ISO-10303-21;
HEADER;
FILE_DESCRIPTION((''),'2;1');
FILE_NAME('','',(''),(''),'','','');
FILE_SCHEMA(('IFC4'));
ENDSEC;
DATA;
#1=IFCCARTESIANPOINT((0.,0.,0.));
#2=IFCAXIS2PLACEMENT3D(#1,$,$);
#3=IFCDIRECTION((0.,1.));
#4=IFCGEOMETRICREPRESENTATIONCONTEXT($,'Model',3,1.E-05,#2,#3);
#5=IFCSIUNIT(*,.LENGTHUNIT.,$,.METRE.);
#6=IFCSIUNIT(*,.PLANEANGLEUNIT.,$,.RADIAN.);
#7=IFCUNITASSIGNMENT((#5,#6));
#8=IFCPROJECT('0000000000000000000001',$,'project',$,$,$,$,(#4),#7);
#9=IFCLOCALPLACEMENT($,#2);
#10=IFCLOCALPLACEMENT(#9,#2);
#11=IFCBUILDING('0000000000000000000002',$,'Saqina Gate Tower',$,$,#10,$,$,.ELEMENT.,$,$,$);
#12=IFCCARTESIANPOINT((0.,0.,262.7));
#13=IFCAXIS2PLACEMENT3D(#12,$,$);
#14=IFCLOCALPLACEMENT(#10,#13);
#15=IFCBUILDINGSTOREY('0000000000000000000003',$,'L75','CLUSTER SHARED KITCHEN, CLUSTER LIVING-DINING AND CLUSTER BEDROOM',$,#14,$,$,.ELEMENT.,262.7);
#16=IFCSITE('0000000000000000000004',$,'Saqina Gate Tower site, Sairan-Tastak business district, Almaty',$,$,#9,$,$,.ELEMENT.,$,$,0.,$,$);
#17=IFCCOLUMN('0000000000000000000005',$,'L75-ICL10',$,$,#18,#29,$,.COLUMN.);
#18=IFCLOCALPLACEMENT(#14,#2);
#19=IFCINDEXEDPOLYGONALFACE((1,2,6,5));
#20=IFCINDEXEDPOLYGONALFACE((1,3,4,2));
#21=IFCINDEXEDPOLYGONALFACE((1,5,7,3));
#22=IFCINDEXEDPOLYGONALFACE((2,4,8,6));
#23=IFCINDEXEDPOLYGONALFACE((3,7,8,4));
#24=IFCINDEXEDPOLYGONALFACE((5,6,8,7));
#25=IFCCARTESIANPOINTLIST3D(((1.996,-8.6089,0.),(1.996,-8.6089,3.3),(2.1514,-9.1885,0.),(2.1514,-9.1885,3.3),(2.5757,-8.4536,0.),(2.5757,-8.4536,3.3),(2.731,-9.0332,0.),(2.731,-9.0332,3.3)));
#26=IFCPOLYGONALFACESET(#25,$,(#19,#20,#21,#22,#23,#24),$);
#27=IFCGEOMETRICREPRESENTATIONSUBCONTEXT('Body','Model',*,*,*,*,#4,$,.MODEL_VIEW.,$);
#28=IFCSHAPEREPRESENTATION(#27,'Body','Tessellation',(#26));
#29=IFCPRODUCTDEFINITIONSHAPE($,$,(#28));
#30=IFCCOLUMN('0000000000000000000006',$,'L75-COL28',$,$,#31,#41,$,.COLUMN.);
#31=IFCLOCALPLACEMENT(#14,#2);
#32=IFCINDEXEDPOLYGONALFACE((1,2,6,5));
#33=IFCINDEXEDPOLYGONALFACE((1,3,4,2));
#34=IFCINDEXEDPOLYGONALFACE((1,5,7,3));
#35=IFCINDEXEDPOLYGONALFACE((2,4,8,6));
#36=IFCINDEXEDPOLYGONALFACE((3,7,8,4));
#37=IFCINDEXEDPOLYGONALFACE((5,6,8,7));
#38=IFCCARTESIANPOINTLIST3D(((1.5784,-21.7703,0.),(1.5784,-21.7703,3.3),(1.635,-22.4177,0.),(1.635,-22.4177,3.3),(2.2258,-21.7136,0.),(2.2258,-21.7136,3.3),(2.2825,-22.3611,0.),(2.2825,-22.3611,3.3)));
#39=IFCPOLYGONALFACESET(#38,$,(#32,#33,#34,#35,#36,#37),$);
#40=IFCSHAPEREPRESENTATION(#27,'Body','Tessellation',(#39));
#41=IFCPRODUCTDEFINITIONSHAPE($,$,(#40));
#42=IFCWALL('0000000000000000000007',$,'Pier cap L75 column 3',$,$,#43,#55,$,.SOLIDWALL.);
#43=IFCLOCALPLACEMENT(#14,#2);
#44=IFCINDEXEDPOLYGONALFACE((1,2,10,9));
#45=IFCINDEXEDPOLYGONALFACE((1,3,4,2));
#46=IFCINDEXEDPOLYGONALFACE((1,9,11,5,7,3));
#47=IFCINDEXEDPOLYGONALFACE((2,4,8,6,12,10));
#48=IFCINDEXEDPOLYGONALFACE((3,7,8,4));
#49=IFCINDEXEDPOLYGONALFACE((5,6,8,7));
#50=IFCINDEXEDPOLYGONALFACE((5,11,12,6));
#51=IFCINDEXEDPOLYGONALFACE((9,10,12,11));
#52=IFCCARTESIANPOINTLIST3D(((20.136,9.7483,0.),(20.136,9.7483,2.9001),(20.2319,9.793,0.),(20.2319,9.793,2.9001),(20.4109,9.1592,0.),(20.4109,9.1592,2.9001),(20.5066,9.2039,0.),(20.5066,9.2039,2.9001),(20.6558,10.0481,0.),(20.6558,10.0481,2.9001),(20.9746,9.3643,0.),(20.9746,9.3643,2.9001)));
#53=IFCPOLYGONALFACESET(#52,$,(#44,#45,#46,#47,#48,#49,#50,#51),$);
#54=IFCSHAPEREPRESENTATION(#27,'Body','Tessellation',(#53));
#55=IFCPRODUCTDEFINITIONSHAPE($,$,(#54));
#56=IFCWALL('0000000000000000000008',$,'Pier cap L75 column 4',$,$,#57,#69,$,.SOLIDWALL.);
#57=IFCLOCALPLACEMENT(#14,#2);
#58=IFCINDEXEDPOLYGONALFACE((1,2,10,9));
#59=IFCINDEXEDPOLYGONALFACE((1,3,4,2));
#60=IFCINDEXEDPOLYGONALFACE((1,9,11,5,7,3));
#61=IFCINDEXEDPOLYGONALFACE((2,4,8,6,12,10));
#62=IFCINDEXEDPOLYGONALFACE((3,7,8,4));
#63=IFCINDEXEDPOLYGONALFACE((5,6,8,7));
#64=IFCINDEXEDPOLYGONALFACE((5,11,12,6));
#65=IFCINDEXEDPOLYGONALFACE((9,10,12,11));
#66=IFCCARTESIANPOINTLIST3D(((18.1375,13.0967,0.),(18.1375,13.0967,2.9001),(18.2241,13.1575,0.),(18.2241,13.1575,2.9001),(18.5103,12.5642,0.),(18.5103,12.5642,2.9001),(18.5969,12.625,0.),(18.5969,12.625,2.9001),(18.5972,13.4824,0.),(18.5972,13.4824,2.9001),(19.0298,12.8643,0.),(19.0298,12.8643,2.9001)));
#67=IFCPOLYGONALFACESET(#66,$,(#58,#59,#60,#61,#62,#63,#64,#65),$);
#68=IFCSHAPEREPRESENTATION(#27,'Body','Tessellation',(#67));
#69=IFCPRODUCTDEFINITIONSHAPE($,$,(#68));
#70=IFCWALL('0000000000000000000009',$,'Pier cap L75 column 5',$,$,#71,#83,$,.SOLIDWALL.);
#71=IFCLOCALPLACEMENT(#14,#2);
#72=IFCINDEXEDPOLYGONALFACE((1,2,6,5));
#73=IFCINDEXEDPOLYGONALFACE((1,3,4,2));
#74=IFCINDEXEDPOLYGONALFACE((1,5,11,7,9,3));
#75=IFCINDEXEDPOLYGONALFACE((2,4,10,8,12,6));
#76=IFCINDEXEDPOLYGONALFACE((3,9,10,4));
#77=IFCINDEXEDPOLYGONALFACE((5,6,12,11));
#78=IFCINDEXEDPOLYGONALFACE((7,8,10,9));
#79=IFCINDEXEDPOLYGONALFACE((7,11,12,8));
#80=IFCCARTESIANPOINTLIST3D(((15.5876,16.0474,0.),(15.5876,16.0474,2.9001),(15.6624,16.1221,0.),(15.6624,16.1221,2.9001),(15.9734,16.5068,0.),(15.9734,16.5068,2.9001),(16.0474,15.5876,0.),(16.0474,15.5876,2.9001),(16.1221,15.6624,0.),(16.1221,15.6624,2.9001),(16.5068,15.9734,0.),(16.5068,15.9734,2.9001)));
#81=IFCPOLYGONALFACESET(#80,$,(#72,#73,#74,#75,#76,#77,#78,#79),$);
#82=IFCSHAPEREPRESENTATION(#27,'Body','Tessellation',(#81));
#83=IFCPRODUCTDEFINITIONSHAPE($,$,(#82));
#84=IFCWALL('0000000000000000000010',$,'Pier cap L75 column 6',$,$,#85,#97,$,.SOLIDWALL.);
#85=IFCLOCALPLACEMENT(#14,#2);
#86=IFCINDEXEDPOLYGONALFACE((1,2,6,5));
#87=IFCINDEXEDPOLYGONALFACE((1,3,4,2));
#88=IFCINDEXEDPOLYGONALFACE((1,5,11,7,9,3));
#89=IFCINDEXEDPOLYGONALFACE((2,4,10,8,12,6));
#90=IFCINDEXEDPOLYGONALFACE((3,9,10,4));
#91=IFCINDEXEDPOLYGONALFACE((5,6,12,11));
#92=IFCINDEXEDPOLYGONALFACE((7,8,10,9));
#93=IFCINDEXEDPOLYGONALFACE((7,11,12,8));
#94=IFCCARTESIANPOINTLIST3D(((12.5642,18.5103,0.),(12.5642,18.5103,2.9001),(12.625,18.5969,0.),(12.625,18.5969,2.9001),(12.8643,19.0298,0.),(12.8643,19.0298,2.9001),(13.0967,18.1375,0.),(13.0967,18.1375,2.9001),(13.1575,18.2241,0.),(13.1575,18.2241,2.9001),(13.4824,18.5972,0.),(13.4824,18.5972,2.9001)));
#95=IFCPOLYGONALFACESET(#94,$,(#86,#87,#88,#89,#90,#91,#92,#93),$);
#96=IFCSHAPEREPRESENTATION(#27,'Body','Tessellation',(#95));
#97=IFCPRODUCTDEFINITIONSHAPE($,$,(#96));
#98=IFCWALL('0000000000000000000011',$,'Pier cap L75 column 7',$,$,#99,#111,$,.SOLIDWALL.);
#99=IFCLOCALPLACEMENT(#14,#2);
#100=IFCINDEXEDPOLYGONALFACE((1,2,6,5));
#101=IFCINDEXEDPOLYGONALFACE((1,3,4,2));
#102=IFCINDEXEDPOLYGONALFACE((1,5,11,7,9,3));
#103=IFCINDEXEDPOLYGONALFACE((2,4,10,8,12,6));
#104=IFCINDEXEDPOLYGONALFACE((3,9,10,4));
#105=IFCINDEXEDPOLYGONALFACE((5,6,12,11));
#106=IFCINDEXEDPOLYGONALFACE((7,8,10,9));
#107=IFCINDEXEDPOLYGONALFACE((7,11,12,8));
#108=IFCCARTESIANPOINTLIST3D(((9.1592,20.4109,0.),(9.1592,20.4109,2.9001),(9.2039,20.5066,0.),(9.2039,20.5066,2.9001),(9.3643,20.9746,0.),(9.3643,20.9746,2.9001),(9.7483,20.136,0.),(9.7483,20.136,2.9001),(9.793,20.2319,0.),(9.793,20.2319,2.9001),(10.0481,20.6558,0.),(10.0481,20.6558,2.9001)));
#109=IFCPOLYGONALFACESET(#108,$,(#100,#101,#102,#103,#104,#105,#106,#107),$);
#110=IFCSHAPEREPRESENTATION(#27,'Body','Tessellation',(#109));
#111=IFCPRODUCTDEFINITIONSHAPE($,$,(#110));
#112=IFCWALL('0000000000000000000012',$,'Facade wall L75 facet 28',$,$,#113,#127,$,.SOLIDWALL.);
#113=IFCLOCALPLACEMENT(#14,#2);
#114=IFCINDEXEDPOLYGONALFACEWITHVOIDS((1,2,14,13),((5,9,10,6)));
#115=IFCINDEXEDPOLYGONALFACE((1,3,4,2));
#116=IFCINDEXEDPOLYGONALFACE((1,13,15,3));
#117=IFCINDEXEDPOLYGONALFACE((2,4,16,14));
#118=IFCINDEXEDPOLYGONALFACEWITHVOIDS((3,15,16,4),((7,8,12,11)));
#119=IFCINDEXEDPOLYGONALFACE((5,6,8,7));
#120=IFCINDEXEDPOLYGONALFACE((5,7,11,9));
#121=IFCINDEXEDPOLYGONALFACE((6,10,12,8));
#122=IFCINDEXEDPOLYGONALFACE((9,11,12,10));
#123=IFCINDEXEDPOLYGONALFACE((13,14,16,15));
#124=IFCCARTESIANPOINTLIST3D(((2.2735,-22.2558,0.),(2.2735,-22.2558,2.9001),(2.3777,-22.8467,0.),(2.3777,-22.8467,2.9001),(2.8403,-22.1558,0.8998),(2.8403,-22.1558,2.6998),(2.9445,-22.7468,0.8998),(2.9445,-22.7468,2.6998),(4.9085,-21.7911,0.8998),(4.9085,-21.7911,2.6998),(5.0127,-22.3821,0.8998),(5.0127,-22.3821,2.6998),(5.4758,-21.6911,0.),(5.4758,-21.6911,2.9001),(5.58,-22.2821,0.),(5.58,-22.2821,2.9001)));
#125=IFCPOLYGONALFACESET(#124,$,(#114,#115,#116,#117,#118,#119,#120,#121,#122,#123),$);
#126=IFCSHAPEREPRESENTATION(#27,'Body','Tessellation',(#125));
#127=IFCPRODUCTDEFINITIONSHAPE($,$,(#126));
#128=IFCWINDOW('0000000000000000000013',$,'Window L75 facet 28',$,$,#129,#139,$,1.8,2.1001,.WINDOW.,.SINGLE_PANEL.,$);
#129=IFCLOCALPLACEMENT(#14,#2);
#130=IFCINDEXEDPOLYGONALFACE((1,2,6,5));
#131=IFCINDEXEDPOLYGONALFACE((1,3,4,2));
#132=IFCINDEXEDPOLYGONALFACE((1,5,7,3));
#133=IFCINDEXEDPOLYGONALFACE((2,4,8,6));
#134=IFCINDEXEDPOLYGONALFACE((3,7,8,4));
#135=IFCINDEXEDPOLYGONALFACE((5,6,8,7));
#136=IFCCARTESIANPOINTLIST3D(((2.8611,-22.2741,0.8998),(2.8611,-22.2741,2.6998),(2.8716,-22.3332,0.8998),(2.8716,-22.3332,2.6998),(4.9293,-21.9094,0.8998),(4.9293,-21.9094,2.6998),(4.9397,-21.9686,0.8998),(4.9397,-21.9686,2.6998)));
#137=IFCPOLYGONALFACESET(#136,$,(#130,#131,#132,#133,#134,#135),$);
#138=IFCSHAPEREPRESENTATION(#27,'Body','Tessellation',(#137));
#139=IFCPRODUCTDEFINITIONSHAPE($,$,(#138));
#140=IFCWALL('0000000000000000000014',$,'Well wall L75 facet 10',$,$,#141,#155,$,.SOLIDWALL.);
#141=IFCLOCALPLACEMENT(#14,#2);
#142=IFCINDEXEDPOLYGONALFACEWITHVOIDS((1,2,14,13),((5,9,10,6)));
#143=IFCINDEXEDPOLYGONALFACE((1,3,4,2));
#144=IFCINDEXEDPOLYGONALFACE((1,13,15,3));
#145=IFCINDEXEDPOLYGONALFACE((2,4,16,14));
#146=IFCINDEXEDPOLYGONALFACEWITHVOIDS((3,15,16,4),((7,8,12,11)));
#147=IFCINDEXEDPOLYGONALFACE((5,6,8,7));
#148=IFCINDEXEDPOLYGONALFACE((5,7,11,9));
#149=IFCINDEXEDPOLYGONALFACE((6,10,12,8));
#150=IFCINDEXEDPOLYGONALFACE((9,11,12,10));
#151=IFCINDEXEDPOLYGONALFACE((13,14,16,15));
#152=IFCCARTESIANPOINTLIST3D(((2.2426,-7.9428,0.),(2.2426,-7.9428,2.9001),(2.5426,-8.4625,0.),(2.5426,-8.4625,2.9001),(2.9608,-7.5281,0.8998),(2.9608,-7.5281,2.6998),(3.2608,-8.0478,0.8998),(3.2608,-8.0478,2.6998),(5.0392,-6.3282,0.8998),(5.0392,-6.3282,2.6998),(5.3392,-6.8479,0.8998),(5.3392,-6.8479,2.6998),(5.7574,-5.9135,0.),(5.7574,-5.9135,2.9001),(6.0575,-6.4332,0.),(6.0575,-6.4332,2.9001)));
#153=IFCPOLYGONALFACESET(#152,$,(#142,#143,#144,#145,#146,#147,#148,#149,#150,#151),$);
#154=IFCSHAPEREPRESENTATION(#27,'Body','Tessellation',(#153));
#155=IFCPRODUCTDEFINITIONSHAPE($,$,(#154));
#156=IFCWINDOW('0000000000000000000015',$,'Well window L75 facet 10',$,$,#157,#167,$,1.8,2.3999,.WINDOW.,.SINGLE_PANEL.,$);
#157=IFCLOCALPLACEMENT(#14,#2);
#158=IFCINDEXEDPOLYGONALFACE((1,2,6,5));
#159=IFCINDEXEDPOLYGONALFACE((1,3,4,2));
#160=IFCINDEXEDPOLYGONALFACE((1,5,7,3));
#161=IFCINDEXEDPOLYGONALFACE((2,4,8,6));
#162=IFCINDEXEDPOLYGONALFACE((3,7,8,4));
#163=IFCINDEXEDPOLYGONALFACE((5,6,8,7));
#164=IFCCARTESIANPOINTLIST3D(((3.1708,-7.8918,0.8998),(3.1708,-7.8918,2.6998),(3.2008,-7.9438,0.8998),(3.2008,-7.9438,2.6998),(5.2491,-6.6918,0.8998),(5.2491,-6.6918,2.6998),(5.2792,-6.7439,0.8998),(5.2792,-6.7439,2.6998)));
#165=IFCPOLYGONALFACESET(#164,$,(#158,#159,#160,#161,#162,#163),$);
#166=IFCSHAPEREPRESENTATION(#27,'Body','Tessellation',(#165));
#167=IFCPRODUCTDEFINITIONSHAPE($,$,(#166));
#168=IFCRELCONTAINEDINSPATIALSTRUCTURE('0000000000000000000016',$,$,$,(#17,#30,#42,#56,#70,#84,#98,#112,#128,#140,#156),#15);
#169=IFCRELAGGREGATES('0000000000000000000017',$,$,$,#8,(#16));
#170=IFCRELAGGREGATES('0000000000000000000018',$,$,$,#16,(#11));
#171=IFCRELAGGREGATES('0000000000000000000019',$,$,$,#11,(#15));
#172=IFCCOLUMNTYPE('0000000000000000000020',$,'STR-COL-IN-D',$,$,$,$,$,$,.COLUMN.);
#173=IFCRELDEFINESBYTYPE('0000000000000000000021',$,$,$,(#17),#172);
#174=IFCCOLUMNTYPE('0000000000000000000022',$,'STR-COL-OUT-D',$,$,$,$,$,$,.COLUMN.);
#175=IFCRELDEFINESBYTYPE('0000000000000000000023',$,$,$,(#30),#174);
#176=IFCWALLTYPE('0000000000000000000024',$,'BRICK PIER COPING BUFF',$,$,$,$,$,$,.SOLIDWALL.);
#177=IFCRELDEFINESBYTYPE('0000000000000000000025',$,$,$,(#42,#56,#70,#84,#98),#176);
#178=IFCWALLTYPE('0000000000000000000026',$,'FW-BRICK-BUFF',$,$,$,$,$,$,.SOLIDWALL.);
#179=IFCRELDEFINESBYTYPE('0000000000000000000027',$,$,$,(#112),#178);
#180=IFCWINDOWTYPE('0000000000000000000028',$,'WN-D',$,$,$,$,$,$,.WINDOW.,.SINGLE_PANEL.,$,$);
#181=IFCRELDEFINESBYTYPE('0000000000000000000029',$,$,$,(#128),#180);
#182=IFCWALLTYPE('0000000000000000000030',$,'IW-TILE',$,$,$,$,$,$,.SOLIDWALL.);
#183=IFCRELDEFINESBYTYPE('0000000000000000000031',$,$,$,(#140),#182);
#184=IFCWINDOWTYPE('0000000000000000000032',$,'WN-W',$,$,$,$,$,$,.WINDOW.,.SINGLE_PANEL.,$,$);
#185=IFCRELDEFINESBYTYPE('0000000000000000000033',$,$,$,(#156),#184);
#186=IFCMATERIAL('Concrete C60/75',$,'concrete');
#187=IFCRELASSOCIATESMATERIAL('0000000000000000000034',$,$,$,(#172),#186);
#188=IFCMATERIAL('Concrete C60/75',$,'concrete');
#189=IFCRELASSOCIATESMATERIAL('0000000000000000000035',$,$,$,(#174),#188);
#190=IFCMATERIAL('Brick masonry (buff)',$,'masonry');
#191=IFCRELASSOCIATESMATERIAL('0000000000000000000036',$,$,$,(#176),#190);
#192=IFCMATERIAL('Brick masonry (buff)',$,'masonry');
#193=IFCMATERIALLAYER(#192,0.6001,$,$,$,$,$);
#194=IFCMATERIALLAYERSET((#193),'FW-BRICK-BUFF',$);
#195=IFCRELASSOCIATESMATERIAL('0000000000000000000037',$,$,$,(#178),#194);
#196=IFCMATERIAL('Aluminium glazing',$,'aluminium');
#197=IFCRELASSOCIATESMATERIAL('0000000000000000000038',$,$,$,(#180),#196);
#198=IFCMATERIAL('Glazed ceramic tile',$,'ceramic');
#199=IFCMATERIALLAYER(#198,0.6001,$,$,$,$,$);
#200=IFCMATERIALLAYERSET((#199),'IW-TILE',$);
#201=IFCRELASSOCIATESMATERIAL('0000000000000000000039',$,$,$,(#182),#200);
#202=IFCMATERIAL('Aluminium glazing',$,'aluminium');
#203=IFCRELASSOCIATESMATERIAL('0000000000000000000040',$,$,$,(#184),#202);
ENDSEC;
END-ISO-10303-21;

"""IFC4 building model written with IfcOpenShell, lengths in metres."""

from ifc_helpers import new_model, si_unit, direction, frame, frame_2d, origin, origin_2d, place, context, subcontext, project, spatial, polyline, rectangle, outline, extrude, material, layer, layer_set, material_profile, profile_set, type_object, element, fill, save


model = new_model("IFC4")

# Units and contexts
model_context = context("Model", 3, precision=1e-05, world=origin(), true_north=direction((0.0, 1.0)))
body_context = subcontext(model_context, "Body", "Model", "MODEL_VIEW")
ifc_project = project(units=[si_unit("LENGTHUNIT", "METRE"), si_unit("PLANEANGLEUNIT", "RADIAN")], contexts=[model_context])

# Site, building, storey
site_placement = place(None, origin())
site = spatial("IfcSite", under=ifc_project, at=site_placement, Name="Saqina Gate Tower site, Sairan-Tastak business district, Almaty", CompositionType="ELEMENT", RefElevation=0.0)
building_placement = place(site_placement, origin())
building = spatial("IfcBuilding", under=site, at=building_placement, Name="Saqina Gate Tower", CompositionType="ELEMENT")
storey_placement = place(building_placement, frame((0.0, 0.0, 262.7)))
storey = spatial("IfcBuildingStorey", under=building, at=storey_placement, Name="L75", Description="CLUSTER SHARED KITCHEN, CLUSTER LIVING-DINING AND CLUSTER BEDROOM", CompositionType="ELEMENT", Elevation=262.7)

# Columns
ifc_material_1 = material(Name="Concrete C60/75", Category="concrete")
ifc_material_profile_1 = material_profile(ifc_material_1, rectangle(XDim=0.6001, YDim=0.6001, at=origin_2d()), Name="RC 600x600")
ifc_profile_set_1 = profile_set([ifc_material_profile_1], Name="Concrete C60/75")
column_type_1 = type_object("IfcColumnType", Name="STR-COL-IN-D", PredefinedType="COLUMN", material=ifc_profile_set_1)
column_1_placement = place(storey_placement, frame((2.3635, -8.821, 0.0), z_axis=(0.0, 0.0, 1.0), x_axis=(0.258819, -0.965926, 0.0)))
element("IfcColumn", 1, at=column_1_placement, inside=storey, type_object=column_type_1, Name="L75-ICL10", PredefinedType="COLUMN", context=body_context, shape_type="SweptSolid", body=[
    extrude(rectangle(XDim=0.6001, YDim=0.6001, at=origin_2d()), origin(), (0.0, 0.0, 1.0), 3.3),
])
ifc_material_2 = material(Name="Concrete C60/75", Category="concrete")
ifc_material_profile_2 = material_profile(ifc_material_2, rectangle(XDim=0.6499, YDim=0.6499, at=origin_2d()), Name="RC 650x650")
ifc_profile_set_2 = profile_set([ifc_material_profile_2], Name="Concrete C60/75")
column_type_2 = type_object("IfcColumnType", Name="STR-COL-OUT-D", PredefinedType="COLUMN", material=ifc_profile_set_2)
column_2_placement = place(storey_placement, frame((1.9304, -22.0657, 0.0), z_axis=(0.0, 0.0, 1.0), x_axis=(0.087156, -0.996195, 0.0)))
element("IfcColumn", 2, at=column_2_placement, inside=storey, type_object=column_type_2, Name="L75-COL28", PredefinedType="COLUMN", context=body_context, shape_type="SweptSolid", body=[
    extrude(rectangle(XDim=0.6499, YDim=0.6499, at=origin_2d()), origin(), (0.0, 0.0, 1.0), 3.3),
])

# Walls
ifc_material_3 = material(Name="Brick masonry (buff)", Category="masonry")
wall_type_1 = type_object("IfcWallType", Name="BRICK PIER COPING BUFF", PredefinedType="SOLIDWALL", material=ifc_material_3)
wall_1_placement = place(storey_placement, origin())
element("IfcWall", 3, at=wall_1_placement, inside=storey, type_object=wall_type_1, Name="Pier cap L75 column 3", PredefinedType="SOLIDWALL", context=body_context, shape_type="SweptSolid", body=[
    extrude(outline(polyline([(20.9746, 9.3643), (20.6558, 10.0481), (20.136, 9.7483), (20.2319, 9.793), (20.5066, 9.2039), (20.4109, 9.1592), (20.9746, 9.3643)])), origin(), (0.0, 0.0, 1.0), 2.9001),
])
wall_2_placement = place(storey_placement, origin())
element("IfcWall", 4, at=wall_2_placement, inside=storey, type_object=wall_type_1, Name="Pier cap L75 column 4", PredefinedType="SOLIDWALL", context=body_context, shape_type="SweptSolid", body=[
    extrude(outline(polyline([(19.0298, 12.8643), (18.5972, 13.4824), (18.1375, 13.0967), (18.2241, 13.1575), (18.5969, 12.625), (18.5103, 12.5642), (19.0298, 12.8643)])), origin(), (0.0, 0.0, 1.0), 2.9001),
])
wall_3_placement = place(storey_placement, origin())
element("IfcWall", 5, at=wall_3_placement, inside=storey, type_object=wall_type_1, Name="Pier cap L75 column 5", PredefinedType="SOLIDWALL", context=body_context, shape_type="SweptSolid", body=[
    extrude(outline(polyline([(15.9734, 16.5068), (15.5876, 16.0474), (15.6624, 16.1221), (16.1221, 15.6624), (16.0474, 15.5876), (16.5068, 15.9734), (15.9734, 16.5068)])), origin(), (0.0, 0.0, 1.0), 2.9001),
])
wall_4_placement = place(storey_placement, origin())
element("IfcWall", 6, at=wall_4_placement, inside=storey, type_object=wall_type_1, Name="Pier cap L75 column 6", PredefinedType="SOLIDWALL", context=body_context, shape_type="SweptSolid", body=[
    extrude(outline(polyline([(12.8643, 19.0298), (12.5642, 18.5103), (12.625, 18.5969), (13.1575, 18.2241), (13.0967, 18.1375), (13.4824, 18.5972), (12.8643, 19.0298)])), origin(), (0.0, 0.0, 1.0), 2.9001),
])
wall_5_placement = place(storey_placement, origin())
element("IfcWall", 7, at=wall_5_placement, inside=storey, type_object=wall_type_1, Name="Pier cap L75 column 7", PredefinedType="SOLIDWALL", context=body_context, shape_type="SweptSolid", body=[
    extrude(outline(polyline([(10.0481, 20.6558), (9.3643, 20.9746), (9.1592, 20.4109), (9.2039, 20.5066), (9.793, 20.2319), (9.7483, 20.136), (10.0481, 20.6558)])), origin(), (0.0, 0.0, 1.0), 2.9001),
])

# Walls, openings, windows
ifc_material_4 = material(Name="Brick masonry (buff)", Category="masonry")
ifc_layer_1 = layer(ifc_material_4, 0.6001)
ifc_layer_set_1 = layer_set([ifc_layer_1], Name="FW-BRICK-BUFF")
wall_type_2 = type_object("IfcWallType", Name="FW-BRICK-BUFF", PredefinedType="SOLIDWALL", material=ifc_layer_set_1)
wall_6_placement = place(storey_placement, frame((2.3254, -22.5513, 0.0), z_axis=(0.0, 0.0, 1.0), x_axis=(0.984806, 0.173657, 0.0)))
wall_6 = element("IfcWall", 8, at=wall_6_placement, inside=storey, type_object=wall_type_2, Name="Facade wall L75 facet 28", PredefinedType="SOLIDWALL", context=body_context, shape_type="SweptSolid", body=[
    extrude(rectangle(XDim=3.2517, YDim=0.6001, at=frame_2d((1.626, 0.0))), origin(), (0.0, 0.0, 1.0), 2.9001),
])
opening_1_placement = place(wall_6_placement, frame((0.5757, 0.0, 0.8999)))
opening_1 = element("IfcOpeningElement", 9, at=opening_1_placement, cuts=wall_6, PredefinedType="OPENING", context=body_context, shape_type="SweptSolid", body=[
    extrude(rectangle(XDim=2.1001, YDim=1.8, at=frame_2d((1.05, 0.8999))), frame((0.0, 0.312, 0.0), z_axis=(0.0, -1.0, 0.0), x_axis=(1.0, 0.0, 0.0)), (0.0, 0.0, 1.0), 0.624),
])
ifc_material_5 = material(Name="Aluminium glazing", Category="aluminium")
window_type_1 = type_object("IfcWindowType", Name="WN-D", PartitioningType="SINGLE_PANEL", PredefinedType="WINDOW", material=ifc_material_5)
window_1_placement = place(opening_1_placement, origin())
window_1 = element("IfcWindow", 10, at=window_1_placement, inside=storey, type_object=window_type_1, Name="Window L75 facet 28", OverallHeight=1.8, OverallWidth=2.1001, PartitioningType="SINGLE_PANEL", PredefinedType="WINDOW", context=body_context, shape_type="SweptSolid", body=[
    extrude(rectangle(XDim=2.1001, YDim=1.8, at=frame_2d((1.05, 0.8999))), frame((0.0, 0.1799, 0.0), z_axis=(0.0, -1.0, 0.0), x_axis=(1.0, 0.0, 0.0)), (0.0, 0.0, 1.0), 0.0601),
])
fill(opening_1, window_1)
ifc_material_6 = material(Name="Glazed ceramic tile", Category="ceramic")
ifc_layer_2 = layer(ifc_material_6, 0.6001)
ifc_layer_set_2 = layer_set([ifc_layer_2], Name="IW-TILE")
wall_type_3 = type_object("IfcWallType", Name="IW-TILE", PredefinedType="SOLIDWALL", material=ifc_layer_set_2)
wall_7_placement = place(storey_placement, frame((2.3926, -8.2026, 0.0), z_axis=(0.0, 0.0, 1.0), x_axis=(0.866028, 0.499995, 0.0)))
wall_7 = element("IfcWall", 11, at=wall_7_placement, inside=storey, type_object=wall_type_3, Name="Well wall L75 facet 10", PredefinedType="SOLIDWALL", context=body_context, shape_type="SweptSolid", body=[
    extrude(rectangle(XDim=4.0586, YDim=0.6001, at=frame_2d((2.0293, 0.0))), origin(), (0.0, 0.0, 1.0), 2.9001),
])
opening_2_placement = place(wall_7_placement, frame((0.8293, 0.0, 0.8999)))
opening_2 = element("IfcOpeningElement", 12, at=opening_2_placement, cuts=wall_7, PredefinedType="OPENING", context=body_context, shape_type="SweptSolid", body=[
    extrude(rectangle(XDim=2.3999, YDim=1.8, at=frame_2d((1.2, 0.8999))), frame((0.0, 0.312, 0.0), z_axis=(0.0, -1.0, 0.0), x_axis=(1.0, 0.0, 0.0)), (0.0, 0.0, 1.0), 0.624),
])
ifc_material_7 = material(Name="Aluminium glazing", Category="aluminium")
window_type_2 = type_object("IfcWindowType", Name="WN-W", PartitioningType="SINGLE_PANEL", PredefinedType="WINDOW", material=ifc_material_7)
window_2_placement = place(opening_2_placement, origin())
window_2 = element("IfcWindow", 13, at=window_2_placement, inside=storey, type_object=window_type_2, Name="Well window L75 facet 10", OverallHeight=1.8, OverallWidth=2.3999, PartitioningType="SINGLE_PANEL", PredefinedType="WINDOW", context=body_context, shape_type="SweptSolid", body=[
    extrude(rectangle(XDim=2.3999, YDim=1.8, at=frame_2d((1.2, 0.8999))), frame((0.0, -0.1199, 0.0), z_axis=(0.0, -1.0, 0.0), x_axis=(1.0, 0.0, 0.0)), (0.0, 0.0, 1.0), 0.0601),
])
fill(opening_2, window_2)

save(model, "model.ifc")
